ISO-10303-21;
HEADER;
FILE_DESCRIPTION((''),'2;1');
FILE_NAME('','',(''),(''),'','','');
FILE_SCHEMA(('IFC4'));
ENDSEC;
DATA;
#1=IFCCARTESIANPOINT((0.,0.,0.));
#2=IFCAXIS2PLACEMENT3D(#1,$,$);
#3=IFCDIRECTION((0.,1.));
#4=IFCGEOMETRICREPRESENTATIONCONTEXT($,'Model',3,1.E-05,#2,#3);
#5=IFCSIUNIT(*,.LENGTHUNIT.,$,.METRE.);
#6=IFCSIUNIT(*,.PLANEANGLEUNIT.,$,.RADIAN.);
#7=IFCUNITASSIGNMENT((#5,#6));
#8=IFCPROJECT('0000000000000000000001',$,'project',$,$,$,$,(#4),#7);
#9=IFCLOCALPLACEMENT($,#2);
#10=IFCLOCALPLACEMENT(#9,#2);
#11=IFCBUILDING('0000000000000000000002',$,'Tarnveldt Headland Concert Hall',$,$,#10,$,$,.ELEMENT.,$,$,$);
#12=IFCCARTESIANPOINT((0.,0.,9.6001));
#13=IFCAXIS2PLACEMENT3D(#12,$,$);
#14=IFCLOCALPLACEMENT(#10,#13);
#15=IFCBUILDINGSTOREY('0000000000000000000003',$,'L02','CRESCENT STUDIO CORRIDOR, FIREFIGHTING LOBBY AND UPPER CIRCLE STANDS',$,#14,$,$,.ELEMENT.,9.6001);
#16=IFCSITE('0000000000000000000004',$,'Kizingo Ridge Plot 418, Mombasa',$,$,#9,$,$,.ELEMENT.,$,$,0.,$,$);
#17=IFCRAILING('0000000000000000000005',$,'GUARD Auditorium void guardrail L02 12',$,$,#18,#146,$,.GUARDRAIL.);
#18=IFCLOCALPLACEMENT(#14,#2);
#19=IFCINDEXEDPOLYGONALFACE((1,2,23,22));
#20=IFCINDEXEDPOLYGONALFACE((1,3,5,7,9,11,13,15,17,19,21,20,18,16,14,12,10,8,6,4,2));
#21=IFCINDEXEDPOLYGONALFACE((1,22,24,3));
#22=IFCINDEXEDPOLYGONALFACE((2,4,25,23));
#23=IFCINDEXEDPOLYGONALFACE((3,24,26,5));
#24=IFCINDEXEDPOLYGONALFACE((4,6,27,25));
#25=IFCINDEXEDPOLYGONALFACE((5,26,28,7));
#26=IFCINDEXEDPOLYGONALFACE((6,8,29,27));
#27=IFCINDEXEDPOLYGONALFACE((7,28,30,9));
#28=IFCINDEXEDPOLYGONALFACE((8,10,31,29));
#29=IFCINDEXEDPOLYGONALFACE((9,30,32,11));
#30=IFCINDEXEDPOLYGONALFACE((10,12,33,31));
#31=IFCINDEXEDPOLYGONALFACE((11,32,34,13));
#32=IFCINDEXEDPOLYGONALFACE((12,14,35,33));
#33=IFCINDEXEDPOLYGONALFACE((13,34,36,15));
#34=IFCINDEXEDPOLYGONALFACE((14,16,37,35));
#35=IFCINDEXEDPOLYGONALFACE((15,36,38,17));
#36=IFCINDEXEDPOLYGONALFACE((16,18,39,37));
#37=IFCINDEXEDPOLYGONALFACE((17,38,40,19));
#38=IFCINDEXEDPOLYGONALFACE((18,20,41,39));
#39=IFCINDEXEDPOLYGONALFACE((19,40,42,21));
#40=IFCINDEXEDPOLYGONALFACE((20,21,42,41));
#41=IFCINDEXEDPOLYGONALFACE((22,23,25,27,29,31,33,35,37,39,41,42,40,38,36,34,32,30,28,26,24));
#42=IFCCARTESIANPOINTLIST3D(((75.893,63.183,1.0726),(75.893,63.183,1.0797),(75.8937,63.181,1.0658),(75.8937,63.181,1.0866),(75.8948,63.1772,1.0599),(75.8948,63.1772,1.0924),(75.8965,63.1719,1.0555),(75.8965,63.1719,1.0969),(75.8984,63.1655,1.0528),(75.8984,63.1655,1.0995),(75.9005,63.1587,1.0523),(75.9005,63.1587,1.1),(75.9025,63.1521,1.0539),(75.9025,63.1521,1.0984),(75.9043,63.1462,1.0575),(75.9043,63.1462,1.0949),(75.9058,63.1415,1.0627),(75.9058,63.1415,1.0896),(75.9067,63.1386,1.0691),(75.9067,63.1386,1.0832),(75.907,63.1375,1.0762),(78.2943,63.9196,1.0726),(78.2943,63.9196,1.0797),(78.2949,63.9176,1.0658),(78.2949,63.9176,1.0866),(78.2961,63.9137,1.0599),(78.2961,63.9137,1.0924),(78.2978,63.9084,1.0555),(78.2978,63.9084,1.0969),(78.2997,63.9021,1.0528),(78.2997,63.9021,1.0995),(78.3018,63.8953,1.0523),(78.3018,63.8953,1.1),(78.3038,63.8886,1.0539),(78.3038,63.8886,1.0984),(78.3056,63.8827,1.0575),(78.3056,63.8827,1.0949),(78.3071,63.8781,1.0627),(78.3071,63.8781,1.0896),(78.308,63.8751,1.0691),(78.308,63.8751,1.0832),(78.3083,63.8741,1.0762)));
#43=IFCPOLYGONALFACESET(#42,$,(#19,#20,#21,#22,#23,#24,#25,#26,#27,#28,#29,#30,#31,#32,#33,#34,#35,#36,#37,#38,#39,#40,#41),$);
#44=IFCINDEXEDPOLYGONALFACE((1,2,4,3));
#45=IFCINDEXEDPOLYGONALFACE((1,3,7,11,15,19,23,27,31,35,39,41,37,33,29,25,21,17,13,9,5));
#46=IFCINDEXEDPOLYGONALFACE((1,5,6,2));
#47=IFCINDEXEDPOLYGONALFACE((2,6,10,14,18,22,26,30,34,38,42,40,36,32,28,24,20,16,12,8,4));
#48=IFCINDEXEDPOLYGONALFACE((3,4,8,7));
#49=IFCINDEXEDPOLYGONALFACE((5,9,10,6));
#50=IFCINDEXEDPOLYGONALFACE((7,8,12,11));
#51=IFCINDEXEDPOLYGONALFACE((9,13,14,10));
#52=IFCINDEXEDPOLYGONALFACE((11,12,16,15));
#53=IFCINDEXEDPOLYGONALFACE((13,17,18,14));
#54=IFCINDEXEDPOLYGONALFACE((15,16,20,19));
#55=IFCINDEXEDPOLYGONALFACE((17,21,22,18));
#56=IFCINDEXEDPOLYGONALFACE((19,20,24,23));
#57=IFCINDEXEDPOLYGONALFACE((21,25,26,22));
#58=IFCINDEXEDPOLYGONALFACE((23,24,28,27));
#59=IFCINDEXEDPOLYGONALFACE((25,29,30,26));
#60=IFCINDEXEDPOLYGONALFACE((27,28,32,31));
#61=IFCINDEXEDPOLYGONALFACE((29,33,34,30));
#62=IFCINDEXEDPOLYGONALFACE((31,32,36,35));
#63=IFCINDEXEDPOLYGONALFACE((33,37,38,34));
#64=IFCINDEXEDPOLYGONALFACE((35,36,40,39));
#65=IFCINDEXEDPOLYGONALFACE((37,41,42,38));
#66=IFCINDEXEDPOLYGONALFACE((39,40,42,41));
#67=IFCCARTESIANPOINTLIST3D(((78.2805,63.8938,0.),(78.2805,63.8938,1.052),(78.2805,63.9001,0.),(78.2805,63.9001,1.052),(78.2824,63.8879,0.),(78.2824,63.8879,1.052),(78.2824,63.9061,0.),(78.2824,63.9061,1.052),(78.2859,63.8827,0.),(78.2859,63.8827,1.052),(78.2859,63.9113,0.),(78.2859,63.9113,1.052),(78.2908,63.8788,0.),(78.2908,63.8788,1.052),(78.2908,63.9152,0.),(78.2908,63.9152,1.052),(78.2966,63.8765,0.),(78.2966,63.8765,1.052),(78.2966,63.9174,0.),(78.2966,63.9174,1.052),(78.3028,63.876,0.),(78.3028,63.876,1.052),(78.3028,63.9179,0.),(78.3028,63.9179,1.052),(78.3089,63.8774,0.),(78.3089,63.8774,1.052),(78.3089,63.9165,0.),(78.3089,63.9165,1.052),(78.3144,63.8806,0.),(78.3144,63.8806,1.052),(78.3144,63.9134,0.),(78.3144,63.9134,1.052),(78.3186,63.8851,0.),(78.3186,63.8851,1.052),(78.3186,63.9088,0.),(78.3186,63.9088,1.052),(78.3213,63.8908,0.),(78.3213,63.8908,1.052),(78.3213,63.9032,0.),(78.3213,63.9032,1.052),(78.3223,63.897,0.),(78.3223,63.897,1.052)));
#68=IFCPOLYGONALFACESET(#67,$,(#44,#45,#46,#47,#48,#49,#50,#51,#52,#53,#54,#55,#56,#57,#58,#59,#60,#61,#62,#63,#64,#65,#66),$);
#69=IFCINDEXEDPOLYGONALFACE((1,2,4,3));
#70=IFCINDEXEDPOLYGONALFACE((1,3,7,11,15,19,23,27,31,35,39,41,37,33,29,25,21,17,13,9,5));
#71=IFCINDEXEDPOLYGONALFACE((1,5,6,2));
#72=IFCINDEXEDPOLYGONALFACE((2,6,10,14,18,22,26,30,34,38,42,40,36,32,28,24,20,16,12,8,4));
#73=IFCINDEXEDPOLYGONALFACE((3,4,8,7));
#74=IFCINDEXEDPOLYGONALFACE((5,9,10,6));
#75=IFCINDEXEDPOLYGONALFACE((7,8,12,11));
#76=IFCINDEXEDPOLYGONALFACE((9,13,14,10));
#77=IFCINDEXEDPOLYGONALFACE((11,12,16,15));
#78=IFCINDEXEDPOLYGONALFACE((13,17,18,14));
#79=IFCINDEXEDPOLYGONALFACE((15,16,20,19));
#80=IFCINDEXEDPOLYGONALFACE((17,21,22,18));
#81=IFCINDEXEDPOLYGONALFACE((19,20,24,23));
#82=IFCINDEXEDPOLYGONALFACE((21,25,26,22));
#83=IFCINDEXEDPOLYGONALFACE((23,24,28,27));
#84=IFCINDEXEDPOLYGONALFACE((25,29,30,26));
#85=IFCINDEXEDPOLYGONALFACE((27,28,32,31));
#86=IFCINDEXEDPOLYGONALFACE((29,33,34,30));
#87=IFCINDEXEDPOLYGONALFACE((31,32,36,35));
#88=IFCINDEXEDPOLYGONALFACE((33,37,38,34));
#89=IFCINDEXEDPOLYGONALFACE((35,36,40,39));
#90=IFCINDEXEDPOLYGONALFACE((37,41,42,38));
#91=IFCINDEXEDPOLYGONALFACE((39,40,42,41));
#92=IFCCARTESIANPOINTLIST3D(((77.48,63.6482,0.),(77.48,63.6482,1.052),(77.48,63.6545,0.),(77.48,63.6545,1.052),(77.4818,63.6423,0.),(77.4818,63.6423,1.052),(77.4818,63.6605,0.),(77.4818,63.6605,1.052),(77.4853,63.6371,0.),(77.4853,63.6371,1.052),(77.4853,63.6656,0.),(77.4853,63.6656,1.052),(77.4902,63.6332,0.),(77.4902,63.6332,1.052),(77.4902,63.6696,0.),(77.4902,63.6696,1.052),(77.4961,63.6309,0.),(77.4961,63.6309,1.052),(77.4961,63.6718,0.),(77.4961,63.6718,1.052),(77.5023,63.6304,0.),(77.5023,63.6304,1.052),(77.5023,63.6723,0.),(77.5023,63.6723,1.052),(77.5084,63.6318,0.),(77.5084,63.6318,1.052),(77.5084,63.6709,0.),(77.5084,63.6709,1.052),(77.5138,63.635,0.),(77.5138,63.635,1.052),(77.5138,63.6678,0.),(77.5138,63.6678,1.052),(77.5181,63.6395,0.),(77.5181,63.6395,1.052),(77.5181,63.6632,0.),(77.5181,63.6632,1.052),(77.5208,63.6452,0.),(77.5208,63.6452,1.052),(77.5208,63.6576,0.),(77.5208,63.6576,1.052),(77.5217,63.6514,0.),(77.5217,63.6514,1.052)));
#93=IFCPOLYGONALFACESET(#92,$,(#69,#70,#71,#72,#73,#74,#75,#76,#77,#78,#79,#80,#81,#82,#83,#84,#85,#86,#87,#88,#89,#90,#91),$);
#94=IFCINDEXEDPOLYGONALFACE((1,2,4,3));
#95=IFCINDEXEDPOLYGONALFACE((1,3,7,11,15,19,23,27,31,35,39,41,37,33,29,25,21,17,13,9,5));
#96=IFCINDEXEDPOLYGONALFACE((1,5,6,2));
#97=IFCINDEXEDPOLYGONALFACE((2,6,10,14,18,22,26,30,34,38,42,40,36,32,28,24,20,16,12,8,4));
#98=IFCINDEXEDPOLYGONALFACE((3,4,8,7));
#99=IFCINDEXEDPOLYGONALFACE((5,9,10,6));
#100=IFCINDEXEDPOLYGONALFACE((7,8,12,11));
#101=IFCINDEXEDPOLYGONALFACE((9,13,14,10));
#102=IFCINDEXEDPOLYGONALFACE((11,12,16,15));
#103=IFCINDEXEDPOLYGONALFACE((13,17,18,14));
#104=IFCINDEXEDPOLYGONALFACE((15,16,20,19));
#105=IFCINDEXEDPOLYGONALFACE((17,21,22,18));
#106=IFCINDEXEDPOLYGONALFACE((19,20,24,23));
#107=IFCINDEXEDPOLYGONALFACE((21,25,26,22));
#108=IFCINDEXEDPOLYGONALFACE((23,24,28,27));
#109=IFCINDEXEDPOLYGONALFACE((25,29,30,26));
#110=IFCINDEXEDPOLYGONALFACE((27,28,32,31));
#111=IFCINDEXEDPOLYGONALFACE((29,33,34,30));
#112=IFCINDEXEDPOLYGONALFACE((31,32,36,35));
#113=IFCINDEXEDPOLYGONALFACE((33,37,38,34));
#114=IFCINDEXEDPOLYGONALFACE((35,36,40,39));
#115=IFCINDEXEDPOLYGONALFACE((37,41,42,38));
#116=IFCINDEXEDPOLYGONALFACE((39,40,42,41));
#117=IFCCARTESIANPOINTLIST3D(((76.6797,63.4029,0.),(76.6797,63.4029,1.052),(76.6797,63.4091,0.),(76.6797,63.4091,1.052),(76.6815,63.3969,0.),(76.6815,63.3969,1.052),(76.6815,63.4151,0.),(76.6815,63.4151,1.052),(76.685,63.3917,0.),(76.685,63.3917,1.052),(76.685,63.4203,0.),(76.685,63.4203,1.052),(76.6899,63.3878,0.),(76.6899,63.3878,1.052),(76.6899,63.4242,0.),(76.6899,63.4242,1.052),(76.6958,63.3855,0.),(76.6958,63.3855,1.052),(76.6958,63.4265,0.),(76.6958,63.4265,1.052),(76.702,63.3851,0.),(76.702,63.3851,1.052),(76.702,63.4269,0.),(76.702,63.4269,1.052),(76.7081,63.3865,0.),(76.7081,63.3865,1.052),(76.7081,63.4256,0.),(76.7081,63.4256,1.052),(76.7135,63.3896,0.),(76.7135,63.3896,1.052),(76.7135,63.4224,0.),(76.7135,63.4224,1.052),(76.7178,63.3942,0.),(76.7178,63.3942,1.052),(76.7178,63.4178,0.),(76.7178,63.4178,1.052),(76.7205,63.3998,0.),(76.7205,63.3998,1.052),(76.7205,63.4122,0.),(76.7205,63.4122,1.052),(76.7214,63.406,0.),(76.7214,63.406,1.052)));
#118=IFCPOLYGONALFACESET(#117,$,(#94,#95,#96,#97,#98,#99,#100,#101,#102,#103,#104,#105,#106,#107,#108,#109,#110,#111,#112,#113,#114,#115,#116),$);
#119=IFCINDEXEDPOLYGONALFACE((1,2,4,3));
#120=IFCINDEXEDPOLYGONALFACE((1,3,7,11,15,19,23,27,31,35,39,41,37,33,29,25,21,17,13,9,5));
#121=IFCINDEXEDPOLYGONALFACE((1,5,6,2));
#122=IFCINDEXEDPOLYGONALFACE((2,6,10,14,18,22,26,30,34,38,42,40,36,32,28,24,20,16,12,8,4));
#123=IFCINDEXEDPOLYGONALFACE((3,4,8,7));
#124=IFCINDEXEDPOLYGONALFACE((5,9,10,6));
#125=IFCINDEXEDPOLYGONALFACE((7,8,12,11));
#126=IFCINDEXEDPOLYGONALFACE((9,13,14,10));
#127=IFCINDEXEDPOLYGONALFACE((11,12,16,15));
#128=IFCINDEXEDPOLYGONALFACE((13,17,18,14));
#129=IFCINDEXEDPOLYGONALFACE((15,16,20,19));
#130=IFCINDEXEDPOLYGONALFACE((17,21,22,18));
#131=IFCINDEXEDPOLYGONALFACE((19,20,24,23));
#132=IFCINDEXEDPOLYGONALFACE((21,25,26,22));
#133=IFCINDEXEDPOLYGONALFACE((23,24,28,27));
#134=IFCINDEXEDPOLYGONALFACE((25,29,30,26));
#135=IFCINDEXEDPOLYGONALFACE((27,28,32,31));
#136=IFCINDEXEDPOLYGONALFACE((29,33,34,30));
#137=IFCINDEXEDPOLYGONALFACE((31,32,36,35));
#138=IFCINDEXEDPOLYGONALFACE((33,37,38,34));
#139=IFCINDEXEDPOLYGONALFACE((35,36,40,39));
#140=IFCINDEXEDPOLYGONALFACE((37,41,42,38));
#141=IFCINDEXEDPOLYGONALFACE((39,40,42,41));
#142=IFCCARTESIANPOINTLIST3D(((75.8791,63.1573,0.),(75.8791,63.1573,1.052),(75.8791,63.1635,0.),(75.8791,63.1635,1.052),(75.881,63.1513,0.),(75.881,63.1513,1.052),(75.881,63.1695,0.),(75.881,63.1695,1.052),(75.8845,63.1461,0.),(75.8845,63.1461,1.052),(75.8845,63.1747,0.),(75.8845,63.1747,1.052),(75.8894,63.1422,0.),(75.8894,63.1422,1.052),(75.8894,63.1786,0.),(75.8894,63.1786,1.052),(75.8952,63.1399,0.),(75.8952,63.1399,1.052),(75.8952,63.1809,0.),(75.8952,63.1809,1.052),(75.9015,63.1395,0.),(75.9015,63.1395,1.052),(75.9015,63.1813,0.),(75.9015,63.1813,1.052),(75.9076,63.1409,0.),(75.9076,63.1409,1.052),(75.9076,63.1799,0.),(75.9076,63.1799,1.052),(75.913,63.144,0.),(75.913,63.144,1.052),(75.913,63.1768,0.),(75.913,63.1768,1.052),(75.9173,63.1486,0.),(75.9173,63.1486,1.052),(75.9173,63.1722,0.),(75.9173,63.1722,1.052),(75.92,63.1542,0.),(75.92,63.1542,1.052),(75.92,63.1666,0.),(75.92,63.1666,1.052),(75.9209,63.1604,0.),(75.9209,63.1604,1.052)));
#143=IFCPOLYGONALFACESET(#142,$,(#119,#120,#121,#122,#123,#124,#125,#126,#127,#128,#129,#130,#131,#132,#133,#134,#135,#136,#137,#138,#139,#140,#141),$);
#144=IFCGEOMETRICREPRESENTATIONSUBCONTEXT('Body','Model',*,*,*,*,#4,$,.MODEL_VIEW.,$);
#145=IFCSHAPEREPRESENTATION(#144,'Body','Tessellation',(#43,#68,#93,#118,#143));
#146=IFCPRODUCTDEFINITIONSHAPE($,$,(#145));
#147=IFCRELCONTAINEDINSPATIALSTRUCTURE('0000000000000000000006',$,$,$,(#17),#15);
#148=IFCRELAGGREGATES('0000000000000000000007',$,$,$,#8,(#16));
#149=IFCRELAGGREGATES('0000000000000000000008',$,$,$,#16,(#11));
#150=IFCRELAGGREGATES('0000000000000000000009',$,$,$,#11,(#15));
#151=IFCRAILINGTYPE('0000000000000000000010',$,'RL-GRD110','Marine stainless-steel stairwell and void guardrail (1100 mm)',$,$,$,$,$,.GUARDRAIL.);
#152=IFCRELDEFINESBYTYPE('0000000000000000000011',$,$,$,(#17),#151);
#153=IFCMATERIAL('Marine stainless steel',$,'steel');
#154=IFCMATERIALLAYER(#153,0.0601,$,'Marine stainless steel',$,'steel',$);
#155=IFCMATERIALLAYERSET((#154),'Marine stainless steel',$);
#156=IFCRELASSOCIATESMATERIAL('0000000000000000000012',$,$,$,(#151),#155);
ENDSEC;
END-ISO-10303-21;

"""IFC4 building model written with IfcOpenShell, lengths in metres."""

from ifc_helpers import new_model, si_unit, direction, frame, origin, origin_2d, place, context, subcontext, project, spatial, circle, extrude, material, layer, layer_set, type_object, element, save


model = new_model("IFC4")

# Units and contexts
model_context = context("Model", 3, precision=1e-05, world=origin(), true_north=direction((0.0, 1.0)))
body_context = subcontext(model_context, "Body", "Model", "MODEL_VIEW")
ifc_project = project(units=[si_unit("LENGTHUNIT", "METRE"), si_unit("PLANEANGLEUNIT", "RADIAN")], contexts=[model_context])

# Site, building, storey
site_placement = place(None, origin())
site = spatial("IfcSite", under=ifc_project, at=site_placement, Name="Kizingo Ridge Plot 418, Mombasa", CompositionType="ELEMENT", RefElevation=0.0)
building_placement = place(site_placement, origin())
building = spatial("IfcBuilding", under=site, at=building_placement, Name="Tarnveldt Headland Concert Hall", CompositionType="ELEMENT")
storey_placement = place(building_placement, frame((0.0, 0.0, 9.6001)))
storey = spatial("IfcBuildingStorey", under=building, at=storey_placement, Name="L02", Description="CRESCENT STUDIO CORRIDOR, FIREFIGHTING LOBBY AND UPPER CIRCLE STANDS", CompositionType="ELEMENT", Elevation=9.6001)

# Railing
ifc_material_1 = material(Name="Marine stainless steel", Category="steel")
ifc_layer_1 = layer(ifc_material_1, 0.0601, Name="Marine stainless steel", Category="steel")
ifc_layer_set_1 = layer_set([ifc_layer_1], Name="Marine stainless steel")
railing_type = type_object("IfcRailingType", Name="RL-GRD110", Description="Marine stainless-steel stairwell and void guardrail (1100 mm)", PredefinedType="GUARDRAIL", material=ifc_layer_set_1)
railing_1_placement = place(storey_placement, frame((78.3013, 63.897, 0.0)))
element("IfcRailing", 1, at=railing_1_placement, inside=storey, type_object=railing_type, Name="GUARD Auditorium void guardrail L02 12", PredefinedType="GUARDRAIL", context=body_context, shape_type="SweptSolid", body=[
    extrude(circle(Radius=0.0239, at=origin_2d()), frame((0.0, 0.0, 1.0762), z_axis=(-0.956037, -0.293246, 0.0), x_axis=(0.293246, -0.956037, 0.0)), (0.0, 0.0, 1.0), 2.5117),
    extrude(circle(Radius=0.021, at=origin_2d()), origin(), (0.0, 0.0, 1.0), 1.052),
    extrude(circle(Radius=0.021, at=origin_2d()), frame((-0.8005, -0.2456, 0.0)), (0.0, 0.0, 1.0), 1.052),
    extrude(circle(Radius=0.021, at=origin_2d()), frame((-1.6008, -0.491, 0.0)), (0.0, 0.0, 1.0), 1.052),
    extrude(circle(Radius=0.021, at=origin_2d()), frame((-2.4014, -0.7366, 0.0)), (0.0, 0.0, 1.0), 1.052),
])

save(model, "model.ifc")
